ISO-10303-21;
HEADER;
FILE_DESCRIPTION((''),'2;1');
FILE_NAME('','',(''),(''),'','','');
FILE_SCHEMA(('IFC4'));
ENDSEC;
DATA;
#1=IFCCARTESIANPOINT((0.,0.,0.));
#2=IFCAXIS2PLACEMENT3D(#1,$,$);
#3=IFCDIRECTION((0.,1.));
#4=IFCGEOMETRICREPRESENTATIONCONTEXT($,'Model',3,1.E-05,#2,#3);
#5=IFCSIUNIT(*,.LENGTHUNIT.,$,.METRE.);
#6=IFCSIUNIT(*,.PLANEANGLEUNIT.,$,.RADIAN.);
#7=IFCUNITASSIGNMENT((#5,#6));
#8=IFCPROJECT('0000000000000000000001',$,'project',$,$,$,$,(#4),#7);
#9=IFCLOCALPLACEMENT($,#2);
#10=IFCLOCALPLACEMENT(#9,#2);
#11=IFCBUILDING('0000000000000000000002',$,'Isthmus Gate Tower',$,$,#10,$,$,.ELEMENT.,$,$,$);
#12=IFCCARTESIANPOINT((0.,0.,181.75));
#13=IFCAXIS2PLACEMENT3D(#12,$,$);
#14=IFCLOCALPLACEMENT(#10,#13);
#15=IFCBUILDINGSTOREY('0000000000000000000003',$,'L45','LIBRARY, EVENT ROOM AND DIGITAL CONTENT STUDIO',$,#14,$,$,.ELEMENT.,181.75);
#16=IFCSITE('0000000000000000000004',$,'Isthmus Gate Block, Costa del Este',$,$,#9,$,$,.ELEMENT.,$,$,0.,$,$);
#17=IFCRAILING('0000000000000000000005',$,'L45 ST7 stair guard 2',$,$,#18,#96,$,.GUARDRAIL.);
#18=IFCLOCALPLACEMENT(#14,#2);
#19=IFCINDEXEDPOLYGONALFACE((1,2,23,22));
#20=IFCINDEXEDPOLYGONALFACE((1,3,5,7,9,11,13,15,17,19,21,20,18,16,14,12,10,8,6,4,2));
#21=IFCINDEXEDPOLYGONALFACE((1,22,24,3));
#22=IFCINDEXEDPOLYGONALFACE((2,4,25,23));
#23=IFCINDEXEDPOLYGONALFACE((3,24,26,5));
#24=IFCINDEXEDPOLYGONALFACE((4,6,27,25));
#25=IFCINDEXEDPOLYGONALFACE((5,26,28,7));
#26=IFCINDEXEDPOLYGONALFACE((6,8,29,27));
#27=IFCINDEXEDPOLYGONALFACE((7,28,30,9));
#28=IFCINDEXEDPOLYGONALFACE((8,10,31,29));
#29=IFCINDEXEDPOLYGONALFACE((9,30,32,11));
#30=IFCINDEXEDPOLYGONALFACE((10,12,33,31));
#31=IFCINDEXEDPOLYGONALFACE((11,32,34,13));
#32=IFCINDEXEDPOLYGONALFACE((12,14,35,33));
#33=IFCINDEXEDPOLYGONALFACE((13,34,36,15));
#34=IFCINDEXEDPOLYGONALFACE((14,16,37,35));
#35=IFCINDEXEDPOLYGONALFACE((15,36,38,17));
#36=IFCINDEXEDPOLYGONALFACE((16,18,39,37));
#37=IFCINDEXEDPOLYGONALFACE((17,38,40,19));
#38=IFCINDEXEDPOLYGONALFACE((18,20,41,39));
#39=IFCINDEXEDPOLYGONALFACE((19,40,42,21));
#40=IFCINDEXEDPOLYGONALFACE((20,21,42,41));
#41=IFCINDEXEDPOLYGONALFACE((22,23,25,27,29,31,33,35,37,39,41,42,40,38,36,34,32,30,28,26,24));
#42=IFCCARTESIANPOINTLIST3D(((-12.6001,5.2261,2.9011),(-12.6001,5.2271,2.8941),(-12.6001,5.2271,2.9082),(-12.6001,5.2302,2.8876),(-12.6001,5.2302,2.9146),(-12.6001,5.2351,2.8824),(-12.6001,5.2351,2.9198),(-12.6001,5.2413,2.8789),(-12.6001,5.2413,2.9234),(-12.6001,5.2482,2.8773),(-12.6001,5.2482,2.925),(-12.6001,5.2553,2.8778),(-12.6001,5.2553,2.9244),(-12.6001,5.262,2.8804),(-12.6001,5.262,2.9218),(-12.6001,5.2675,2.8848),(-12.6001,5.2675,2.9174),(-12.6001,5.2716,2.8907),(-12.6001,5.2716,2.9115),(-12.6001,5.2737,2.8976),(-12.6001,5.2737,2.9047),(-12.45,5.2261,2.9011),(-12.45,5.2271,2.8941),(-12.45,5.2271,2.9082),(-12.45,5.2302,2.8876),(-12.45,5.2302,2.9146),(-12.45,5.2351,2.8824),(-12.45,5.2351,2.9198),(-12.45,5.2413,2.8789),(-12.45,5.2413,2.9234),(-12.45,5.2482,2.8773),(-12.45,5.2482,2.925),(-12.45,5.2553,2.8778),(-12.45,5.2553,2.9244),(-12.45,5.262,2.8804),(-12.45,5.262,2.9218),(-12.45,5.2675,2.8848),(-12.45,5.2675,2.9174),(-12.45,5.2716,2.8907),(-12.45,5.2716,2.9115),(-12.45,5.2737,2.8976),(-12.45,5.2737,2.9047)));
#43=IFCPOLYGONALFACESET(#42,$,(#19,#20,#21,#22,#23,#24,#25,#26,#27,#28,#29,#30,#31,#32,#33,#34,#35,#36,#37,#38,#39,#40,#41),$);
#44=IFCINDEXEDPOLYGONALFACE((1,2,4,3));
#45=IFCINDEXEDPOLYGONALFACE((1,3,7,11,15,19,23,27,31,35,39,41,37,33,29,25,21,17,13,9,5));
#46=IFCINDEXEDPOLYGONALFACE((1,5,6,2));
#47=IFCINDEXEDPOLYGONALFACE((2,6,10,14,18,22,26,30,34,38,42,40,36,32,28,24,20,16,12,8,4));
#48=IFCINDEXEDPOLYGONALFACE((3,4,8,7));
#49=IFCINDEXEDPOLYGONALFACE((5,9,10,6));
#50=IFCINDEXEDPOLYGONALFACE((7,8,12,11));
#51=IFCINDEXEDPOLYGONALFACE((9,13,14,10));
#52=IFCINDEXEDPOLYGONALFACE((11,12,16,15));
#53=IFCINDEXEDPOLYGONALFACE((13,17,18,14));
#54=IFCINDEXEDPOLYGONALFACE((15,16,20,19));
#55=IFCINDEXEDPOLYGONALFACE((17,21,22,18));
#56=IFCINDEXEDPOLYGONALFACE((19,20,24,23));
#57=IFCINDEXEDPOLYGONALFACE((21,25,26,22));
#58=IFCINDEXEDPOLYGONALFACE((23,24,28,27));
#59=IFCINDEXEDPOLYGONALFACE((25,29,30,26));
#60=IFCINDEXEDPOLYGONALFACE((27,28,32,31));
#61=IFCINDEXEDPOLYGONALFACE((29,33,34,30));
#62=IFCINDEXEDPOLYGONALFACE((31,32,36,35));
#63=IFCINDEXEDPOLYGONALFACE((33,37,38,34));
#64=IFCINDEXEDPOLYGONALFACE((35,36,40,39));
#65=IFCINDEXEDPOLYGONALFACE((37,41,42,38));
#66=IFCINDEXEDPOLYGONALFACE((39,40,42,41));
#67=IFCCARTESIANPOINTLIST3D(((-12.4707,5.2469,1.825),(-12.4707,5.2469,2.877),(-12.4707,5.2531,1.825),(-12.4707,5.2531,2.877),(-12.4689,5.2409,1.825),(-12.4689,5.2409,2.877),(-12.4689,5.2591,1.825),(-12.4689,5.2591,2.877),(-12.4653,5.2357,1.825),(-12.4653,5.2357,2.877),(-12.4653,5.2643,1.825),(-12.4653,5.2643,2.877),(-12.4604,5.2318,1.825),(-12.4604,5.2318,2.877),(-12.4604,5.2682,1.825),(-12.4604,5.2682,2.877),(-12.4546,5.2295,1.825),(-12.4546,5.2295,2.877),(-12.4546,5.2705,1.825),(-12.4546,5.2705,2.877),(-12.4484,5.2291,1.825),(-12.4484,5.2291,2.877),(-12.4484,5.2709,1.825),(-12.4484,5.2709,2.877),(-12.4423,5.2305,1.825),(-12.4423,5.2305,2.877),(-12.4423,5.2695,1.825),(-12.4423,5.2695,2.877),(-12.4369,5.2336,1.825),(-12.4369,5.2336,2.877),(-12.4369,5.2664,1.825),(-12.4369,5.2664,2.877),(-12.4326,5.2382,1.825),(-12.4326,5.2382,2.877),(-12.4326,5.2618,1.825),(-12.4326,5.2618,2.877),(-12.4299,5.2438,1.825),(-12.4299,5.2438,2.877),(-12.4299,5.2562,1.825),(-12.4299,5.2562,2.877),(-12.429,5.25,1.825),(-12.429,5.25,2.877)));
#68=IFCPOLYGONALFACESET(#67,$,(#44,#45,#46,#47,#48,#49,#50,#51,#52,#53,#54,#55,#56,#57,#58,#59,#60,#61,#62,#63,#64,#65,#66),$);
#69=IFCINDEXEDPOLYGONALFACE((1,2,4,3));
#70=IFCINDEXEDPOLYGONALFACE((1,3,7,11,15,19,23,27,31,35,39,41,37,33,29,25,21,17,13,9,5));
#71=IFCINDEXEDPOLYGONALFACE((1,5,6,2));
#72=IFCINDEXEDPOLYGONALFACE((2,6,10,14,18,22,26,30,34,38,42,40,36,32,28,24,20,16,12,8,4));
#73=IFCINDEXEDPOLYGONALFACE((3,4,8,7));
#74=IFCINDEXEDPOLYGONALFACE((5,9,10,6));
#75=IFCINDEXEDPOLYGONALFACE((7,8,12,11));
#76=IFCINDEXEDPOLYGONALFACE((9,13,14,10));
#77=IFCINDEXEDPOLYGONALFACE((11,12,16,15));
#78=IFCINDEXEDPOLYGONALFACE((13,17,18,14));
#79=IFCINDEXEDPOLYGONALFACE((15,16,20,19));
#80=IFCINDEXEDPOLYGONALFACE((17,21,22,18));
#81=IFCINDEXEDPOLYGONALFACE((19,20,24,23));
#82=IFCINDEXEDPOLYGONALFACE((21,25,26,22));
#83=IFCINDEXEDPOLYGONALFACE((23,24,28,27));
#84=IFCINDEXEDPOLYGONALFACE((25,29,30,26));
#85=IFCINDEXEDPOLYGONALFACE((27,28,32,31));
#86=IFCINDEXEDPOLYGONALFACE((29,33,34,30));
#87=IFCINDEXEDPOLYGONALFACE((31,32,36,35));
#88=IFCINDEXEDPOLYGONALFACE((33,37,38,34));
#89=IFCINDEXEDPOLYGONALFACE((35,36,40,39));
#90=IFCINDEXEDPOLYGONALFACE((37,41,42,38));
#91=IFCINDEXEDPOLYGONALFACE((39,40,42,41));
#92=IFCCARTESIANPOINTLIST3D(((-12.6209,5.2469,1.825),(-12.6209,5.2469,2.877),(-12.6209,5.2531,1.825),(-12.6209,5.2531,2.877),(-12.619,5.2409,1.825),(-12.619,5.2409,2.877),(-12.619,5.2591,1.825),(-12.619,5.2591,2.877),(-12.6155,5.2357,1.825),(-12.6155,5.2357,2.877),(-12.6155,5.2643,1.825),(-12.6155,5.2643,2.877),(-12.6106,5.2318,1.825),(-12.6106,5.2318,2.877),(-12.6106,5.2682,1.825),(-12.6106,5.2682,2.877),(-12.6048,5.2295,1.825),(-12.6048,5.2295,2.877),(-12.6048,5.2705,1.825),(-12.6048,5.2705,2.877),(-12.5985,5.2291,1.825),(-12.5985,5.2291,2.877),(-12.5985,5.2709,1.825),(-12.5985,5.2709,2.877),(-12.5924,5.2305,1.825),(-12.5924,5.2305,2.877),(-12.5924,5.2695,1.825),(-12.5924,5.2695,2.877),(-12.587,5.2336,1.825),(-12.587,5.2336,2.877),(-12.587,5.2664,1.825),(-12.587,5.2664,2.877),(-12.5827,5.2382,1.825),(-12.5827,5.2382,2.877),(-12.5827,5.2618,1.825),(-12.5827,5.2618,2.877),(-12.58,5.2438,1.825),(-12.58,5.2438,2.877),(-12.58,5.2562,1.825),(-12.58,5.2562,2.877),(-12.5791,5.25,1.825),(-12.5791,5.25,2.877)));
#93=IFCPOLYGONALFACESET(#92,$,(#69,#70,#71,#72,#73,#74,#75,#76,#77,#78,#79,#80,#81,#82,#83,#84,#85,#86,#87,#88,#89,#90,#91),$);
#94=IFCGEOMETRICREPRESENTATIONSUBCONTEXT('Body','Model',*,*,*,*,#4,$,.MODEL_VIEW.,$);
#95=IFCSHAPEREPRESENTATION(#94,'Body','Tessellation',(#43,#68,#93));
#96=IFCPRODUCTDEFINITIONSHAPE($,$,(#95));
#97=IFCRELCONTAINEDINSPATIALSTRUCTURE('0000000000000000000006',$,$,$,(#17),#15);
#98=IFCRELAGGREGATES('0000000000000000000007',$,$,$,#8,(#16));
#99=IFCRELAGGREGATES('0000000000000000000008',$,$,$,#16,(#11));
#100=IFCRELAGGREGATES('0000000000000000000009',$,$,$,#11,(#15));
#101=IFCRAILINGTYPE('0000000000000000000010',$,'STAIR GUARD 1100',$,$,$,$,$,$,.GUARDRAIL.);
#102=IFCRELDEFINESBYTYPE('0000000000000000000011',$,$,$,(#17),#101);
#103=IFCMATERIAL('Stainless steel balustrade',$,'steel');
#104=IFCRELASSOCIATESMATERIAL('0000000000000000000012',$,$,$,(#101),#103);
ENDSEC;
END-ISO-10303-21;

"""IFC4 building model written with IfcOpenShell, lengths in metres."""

from ifc_helpers import new_model, si_unit, direction, frame, origin, origin_2d, place, context, subcontext, project, spatial, circle, extrude, material, type_object, element, save


model = new_model("IFC4")

# Units and contexts
model_context = context("Model", 3, precision=1e-05, world=origin(), true_north=direction((0.0, 1.0)))
body_context = subcontext(model_context, "Body", "Model", "MODEL_VIEW")
ifc_project = project(units=[si_unit("LENGTHUNIT", "METRE"), si_unit("PLANEANGLEUNIT", "RADIAN")], contexts=[model_context])

# Site, building, storey
site_placement = place(None, origin())
site = spatial("IfcSite", under=ifc_project, at=site_placement, Name="Isthmus Gate Block, Costa del Este", CompositionType="ELEMENT", RefElevation=0.0)
building_placement = place(site_placement, origin())
building = spatial("IfcBuilding", under=site, at=building_placement, Name="Isthmus Gate Tower", CompositionType="ELEMENT")
storey_placement = place(building_placement, frame((0.0, 0.0, 181.75)))
storey = spatial("IfcBuildingStorey", under=building, at=storey_placement, Name="L45", Description="LIBRARY, EVENT ROOM AND DIGITAL CONTENT STUDIO", CompositionType="ELEMENT", Elevation=181.75)

# Railing
ifc_material_1 = material(Name="Stainless steel balustrade", Category="steel")
railing_type_1 = type_object("IfcRailingType", Name="STAIR GUARD 1100", PredefinedType="GUARDRAIL", material=ifc_material_1)
railing_1_placement = place(storey_placement, frame((-12.45, 5.25, 1.825)))
element("IfcRailing", 1, at=railing_1_placement, inside=storey, type_object=railing_type_1, Name="L45 ST7 stair guard 2", PredefinedType="GUARDRAIL", context=body_context, shape_type="SweptSolid", body=[
    extrude(circle(Radius=0.0239, at=origin_2d()), frame((0.0, 0.0, 1.0762), z_axis=(-1.0, 0.0, 0.0), x_axis=(0.0, -1.0, 0.0)), (0.0, 0.0, 1.0), 0.1501),
    extrude(circle(Radius=0.021, at=origin_2d()), origin(), (0.0, 0.0, 1.0), 1.052),
    extrude(circle(Radius=0.021, at=origin_2d()), frame((-0.1501, 0.0, 0.0)), (0.0, 0.0, 1.0), 1.052),
])

save(model, "model.ifc")
